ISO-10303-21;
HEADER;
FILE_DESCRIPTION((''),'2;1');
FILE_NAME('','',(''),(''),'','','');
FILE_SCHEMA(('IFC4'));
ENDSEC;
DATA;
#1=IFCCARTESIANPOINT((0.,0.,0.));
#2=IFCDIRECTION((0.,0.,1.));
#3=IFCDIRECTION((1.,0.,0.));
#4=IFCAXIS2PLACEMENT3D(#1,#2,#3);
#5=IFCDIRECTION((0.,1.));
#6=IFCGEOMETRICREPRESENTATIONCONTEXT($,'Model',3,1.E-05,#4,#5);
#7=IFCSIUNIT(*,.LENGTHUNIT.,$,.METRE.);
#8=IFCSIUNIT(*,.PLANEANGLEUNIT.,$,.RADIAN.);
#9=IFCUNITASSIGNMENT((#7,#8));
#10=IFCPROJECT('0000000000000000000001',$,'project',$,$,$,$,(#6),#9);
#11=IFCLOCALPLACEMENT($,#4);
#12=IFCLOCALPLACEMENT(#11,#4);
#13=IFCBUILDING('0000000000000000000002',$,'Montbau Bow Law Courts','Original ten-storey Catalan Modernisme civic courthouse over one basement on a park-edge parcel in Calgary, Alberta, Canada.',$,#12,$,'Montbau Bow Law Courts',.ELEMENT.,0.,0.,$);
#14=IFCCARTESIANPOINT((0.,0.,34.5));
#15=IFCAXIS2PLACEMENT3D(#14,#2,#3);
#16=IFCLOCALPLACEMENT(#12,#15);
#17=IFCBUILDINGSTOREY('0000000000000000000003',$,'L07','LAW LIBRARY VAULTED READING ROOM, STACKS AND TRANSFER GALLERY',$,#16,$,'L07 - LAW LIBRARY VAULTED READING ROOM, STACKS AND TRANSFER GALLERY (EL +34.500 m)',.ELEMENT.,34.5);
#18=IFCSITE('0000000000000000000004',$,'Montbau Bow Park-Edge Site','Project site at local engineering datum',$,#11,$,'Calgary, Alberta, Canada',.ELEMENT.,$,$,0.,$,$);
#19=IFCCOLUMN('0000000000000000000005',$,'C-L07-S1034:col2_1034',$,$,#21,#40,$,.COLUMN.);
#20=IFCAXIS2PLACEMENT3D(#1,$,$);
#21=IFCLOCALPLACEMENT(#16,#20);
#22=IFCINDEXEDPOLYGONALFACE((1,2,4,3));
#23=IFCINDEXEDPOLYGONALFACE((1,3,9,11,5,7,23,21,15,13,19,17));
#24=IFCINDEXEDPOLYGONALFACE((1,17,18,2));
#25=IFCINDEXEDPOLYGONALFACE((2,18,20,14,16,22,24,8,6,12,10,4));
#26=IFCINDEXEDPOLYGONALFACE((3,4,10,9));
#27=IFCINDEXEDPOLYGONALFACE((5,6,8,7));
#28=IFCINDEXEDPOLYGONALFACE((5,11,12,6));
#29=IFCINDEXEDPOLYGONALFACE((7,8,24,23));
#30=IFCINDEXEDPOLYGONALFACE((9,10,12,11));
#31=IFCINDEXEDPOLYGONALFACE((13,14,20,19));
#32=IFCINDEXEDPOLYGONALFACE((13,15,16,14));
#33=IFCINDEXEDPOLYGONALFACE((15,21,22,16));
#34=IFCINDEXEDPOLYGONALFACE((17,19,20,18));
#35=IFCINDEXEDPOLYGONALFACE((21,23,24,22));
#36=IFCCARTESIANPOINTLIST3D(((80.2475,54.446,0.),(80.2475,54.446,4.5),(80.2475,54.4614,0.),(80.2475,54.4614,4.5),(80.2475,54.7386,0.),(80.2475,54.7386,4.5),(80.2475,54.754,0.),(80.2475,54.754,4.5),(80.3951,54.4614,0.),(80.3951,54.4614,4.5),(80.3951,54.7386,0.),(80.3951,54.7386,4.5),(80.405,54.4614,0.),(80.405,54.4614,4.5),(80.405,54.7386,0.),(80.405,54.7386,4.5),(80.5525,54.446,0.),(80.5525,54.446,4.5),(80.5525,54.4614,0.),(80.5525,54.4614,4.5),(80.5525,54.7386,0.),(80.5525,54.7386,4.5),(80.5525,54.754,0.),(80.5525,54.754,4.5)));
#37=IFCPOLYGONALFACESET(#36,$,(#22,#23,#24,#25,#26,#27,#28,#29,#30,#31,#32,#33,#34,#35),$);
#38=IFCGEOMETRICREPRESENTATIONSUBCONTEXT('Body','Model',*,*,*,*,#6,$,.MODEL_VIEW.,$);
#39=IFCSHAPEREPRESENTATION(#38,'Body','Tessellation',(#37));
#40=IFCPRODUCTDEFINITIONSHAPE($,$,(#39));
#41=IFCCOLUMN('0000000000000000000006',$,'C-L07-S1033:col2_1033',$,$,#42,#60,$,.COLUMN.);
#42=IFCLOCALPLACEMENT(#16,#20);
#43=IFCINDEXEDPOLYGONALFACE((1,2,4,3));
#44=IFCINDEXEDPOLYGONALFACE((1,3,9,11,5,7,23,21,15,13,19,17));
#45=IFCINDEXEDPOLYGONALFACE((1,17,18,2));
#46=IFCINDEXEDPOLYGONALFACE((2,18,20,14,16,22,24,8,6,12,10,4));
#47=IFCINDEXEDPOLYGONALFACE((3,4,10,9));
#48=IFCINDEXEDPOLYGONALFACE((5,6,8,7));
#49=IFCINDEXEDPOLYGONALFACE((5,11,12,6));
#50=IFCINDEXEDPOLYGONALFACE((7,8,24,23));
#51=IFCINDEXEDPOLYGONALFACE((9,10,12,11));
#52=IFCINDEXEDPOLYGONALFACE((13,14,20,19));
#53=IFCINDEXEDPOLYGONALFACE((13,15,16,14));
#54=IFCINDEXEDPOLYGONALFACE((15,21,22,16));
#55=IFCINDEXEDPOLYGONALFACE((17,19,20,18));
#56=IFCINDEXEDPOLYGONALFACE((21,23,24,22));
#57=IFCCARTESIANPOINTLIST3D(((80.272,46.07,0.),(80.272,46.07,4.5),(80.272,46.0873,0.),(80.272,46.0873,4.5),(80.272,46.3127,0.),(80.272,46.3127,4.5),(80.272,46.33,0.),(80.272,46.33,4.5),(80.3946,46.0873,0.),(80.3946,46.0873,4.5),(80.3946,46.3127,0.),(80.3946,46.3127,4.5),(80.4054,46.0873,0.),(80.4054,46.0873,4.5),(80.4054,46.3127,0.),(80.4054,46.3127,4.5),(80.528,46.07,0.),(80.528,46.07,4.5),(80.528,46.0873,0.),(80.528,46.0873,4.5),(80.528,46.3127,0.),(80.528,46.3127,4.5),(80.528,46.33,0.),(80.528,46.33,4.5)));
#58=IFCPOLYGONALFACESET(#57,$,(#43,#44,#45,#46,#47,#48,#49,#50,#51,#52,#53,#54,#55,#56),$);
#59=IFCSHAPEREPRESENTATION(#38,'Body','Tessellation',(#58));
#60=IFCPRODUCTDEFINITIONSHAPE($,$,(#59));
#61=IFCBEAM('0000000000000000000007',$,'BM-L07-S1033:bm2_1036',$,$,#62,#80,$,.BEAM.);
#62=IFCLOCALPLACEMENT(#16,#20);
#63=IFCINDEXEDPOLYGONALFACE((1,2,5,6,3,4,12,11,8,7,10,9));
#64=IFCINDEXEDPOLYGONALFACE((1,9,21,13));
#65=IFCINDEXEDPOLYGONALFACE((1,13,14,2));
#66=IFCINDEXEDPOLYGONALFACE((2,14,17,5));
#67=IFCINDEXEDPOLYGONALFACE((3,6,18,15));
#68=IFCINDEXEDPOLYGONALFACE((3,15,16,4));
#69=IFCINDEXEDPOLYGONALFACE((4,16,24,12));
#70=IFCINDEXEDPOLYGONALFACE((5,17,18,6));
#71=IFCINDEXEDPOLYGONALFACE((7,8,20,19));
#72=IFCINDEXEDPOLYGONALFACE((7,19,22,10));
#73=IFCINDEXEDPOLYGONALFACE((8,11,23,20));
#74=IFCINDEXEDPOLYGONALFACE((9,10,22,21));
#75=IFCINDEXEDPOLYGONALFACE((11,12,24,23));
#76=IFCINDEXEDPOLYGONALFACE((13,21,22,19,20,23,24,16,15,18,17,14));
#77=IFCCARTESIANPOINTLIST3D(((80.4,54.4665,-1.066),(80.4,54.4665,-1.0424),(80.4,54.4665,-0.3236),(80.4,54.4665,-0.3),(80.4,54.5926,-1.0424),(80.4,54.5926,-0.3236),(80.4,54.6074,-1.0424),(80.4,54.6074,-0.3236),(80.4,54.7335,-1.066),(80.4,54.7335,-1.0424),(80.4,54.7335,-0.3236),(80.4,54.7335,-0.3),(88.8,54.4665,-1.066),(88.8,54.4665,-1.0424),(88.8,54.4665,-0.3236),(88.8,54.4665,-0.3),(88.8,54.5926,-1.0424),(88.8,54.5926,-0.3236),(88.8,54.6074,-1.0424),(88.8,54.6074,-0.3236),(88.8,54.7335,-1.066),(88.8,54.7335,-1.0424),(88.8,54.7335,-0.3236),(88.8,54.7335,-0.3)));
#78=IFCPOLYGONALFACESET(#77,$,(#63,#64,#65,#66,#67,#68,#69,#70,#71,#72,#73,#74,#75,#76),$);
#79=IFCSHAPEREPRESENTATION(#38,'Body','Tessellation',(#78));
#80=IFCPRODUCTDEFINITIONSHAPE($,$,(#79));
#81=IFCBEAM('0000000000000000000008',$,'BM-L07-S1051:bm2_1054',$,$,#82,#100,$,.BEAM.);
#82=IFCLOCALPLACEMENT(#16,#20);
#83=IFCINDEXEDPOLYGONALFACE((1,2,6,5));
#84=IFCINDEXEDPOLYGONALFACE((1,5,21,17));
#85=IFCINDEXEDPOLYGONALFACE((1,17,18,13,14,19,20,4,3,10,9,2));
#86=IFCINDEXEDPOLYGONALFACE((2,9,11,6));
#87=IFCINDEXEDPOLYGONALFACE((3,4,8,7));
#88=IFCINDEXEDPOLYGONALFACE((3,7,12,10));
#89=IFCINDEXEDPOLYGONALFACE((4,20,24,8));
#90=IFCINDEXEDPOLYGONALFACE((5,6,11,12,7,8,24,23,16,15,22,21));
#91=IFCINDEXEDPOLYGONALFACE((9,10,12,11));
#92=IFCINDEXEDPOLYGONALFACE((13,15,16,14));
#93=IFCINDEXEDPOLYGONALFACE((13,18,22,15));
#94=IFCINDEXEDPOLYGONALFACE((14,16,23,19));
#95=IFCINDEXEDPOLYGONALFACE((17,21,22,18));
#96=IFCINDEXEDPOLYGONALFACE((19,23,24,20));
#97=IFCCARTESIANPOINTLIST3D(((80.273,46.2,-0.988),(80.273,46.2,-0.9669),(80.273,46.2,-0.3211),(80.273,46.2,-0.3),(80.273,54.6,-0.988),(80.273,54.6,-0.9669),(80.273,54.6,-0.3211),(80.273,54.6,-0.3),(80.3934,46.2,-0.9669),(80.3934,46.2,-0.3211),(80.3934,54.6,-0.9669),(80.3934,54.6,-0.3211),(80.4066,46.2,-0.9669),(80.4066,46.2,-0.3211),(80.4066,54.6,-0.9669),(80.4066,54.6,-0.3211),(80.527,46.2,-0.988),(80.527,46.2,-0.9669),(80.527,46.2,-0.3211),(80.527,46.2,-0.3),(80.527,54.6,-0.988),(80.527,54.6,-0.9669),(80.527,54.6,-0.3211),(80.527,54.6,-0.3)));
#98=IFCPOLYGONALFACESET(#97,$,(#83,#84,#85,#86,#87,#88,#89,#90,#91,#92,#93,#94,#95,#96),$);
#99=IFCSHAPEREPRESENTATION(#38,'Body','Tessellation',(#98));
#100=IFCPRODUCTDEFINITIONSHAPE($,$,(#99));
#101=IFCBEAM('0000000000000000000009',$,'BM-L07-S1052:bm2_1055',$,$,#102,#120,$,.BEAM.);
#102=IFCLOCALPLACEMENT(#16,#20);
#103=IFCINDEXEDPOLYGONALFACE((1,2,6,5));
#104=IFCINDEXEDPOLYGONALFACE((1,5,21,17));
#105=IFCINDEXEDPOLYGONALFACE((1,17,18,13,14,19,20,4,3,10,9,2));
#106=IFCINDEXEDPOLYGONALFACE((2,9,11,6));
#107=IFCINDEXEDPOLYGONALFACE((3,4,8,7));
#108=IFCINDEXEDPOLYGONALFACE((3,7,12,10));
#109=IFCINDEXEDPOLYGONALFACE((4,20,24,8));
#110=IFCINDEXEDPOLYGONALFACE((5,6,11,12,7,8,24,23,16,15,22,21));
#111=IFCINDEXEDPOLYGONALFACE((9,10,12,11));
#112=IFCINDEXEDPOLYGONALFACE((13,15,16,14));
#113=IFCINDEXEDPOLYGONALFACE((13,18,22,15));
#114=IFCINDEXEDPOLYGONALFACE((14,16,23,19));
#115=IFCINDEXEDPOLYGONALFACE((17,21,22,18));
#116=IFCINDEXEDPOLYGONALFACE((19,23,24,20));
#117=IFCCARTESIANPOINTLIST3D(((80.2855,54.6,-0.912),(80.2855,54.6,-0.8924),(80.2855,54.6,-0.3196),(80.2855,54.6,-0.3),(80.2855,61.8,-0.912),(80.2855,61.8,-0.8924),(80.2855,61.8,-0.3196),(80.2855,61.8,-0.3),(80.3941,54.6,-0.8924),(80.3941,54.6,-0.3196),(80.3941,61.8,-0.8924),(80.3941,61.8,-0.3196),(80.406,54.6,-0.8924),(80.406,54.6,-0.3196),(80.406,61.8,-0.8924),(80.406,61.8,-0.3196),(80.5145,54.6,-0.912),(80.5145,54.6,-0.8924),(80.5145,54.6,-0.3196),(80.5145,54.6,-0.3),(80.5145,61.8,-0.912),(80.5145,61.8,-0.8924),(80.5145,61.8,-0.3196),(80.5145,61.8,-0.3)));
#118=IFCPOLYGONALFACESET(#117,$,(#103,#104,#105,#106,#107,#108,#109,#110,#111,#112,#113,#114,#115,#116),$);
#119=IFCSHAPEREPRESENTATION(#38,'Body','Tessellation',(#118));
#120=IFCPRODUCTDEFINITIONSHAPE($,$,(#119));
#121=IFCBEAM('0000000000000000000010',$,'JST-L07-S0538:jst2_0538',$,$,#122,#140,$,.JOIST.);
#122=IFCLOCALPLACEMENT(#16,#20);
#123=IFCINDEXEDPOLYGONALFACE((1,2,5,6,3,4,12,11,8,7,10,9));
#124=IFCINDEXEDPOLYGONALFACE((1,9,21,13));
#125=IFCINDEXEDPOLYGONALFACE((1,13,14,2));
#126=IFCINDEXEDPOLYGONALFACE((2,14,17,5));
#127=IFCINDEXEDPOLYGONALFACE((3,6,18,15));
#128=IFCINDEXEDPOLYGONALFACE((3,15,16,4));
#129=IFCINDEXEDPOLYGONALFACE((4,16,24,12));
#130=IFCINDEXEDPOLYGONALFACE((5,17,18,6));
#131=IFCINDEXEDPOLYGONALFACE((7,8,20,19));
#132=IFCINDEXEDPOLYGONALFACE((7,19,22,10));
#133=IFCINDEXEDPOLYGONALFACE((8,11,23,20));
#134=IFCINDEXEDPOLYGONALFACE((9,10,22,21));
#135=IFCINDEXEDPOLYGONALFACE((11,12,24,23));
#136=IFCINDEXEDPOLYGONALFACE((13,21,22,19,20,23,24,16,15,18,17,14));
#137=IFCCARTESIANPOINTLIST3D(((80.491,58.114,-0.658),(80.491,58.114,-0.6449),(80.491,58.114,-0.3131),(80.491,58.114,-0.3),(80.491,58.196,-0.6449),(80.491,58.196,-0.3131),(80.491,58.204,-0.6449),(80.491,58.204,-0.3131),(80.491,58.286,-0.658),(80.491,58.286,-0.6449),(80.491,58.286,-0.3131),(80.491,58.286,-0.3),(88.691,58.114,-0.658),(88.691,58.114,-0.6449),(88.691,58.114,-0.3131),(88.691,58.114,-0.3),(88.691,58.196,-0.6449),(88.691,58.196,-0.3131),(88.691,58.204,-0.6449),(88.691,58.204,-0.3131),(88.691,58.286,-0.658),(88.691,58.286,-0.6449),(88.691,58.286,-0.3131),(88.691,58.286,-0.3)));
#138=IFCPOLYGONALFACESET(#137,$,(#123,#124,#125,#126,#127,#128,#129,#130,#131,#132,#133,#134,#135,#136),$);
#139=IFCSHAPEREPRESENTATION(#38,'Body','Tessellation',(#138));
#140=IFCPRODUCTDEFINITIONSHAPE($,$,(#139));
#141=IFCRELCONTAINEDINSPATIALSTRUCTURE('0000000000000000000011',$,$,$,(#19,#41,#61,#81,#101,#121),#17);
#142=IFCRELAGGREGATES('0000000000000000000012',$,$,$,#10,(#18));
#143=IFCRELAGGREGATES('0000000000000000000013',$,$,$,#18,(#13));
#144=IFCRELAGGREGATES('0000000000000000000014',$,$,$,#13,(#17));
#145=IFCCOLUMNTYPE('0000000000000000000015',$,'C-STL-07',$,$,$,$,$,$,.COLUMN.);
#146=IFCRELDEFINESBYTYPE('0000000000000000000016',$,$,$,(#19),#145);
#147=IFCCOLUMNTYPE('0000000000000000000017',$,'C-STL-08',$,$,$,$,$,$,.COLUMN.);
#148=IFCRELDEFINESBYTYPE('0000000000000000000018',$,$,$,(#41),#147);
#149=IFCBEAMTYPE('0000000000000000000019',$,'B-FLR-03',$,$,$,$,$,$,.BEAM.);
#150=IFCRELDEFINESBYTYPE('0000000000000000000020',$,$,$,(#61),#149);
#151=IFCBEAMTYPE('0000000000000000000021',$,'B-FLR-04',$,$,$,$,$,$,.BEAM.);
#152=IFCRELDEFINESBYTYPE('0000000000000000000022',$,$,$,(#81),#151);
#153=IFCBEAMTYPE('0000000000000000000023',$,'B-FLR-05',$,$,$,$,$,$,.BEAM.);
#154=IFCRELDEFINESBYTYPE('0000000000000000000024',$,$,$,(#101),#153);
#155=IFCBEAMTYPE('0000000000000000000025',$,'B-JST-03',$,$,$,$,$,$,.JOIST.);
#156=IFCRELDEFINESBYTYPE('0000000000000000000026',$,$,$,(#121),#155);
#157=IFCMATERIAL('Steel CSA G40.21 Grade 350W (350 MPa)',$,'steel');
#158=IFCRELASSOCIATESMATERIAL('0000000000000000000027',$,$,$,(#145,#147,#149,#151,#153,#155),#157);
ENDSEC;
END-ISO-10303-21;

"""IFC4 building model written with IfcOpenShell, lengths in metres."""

from ifc_helpers import new_model, si_unit, direction, frame, origin_with_axes, origin_2d_with_axis, place, context, subcontext, project, spatial, i_section, extrude, material, material_profile, profile_set, type_object, element, save


model = new_model("IFC4")

# Units and contexts
model_context = context("Model", 3, precision=1e-05, world=origin_with_axes(), true_north=direction((0.0, 1.0)))
body_context = subcontext(model_context, "Body", "Model", "MODEL_VIEW")
ifc_project = project(units=[si_unit("LENGTHUNIT", "METRE"), si_unit("PLANEANGLEUNIT", "RADIAN")], contexts=[model_context])

# Site, building, storey
site_placement = place(None, origin_with_axes())
site = spatial("IfcSite", under=ifc_project, at=site_placement, Name="Montbau Bow Park-Edge Site", Description="Project site at local engineering datum", LongName="Calgary, Alberta, Canada", CompositionType="ELEMENT", RefElevation=0.0)
building_placement = place(site_placement, origin_with_axes())
building = spatial("IfcBuilding", under=site, at=building_placement, Name="Montbau Bow Law Courts", Description="Original ten-storey Catalan Modernisme civic courthouse over one basement on a park-edge parcel in Calgary, Alberta, Canada.", LongName="Montbau Bow Law Courts", CompositionType="ELEMENT", ElevationOfRefHeight=0.0, ElevationOfTerrain=0.0)
storey_placement = place(building_placement, frame((0.0, 0.0, 34.5), z_axis=(0.0, 0.0, 1.0), x_axis=(1.0, 0.0, 0.0)))
storey = spatial("IfcBuildingStorey", under=building, at=storey_placement, Name="L07", Description="LAW LIBRARY VAULTED READING ROOM, STACKS AND TRANSFER GALLERY", LongName="L07 - LAW LIBRARY VAULTED READING ROOM, STACKS AND TRANSFER GALLERY (EL +34.500 m)", CompositionType="ELEMENT", Elevation=34.5)

# Columns
ifc_material_1 = material(Name="Steel CSA G40.21 Grade 350W (350 MPa)", Category="steel")
ifc_material_profile_1 = material_profile(ifc_material_1, i_section(OverallWidth=0.305, OverallDepth=0.308, WebThickness=0.0099, FlangeThickness=0.0154, at=origin_2d_with_axis()), Name="W310X97", Category="Main", Priority=0)
ifc_profile_set_1 = profile_set([ifc_material_profile_1], Name="Steel CSA G40.21 Grade 350W (350 MPa)")
column_type_1 = type_object("IfcColumnType", Name="C-STL-07", PredefinedType="COLUMN", material=ifc_profile_set_1)
column_1_placement = place(None, frame((80.4, 54.6, 34.5), z_axis=(0.0, 0.0, 1.0), x_axis=(1.0, 0.0, 0.0)))
element("IfcColumn", 1, at=column_1_placement, inside=storey, type_object=column_type_1, Name="C-L07-S1034:col2_1034", PredefinedType="COLUMN", context=body_context, shape_type="SweptSolid", body=[
    extrude(i_section(OverallWidth=0.305, OverallDepth=0.308, WebThickness=0.0099, FlangeThickness=0.0154, at=origin_2d_with_axis()), origin_with_axes(), (0.0, 0.0, 1.0), 4.5),
])
ifc_material_profile_2 = material_profile(ifc_material_1, i_section(OverallWidth=0.256, OverallDepth=0.26, WebThickness=0.0107, FlangeThickness=0.0173, at=origin_2d_with_axis()), Name="W250X89", Category="Main", Priority=0)
ifc_profile_set_2 = profile_set([ifc_material_profile_2], Name="Steel CSA G40.21 Grade 350W (350 MPa)")
column_type_2 = type_object("IfcColumnType", Name="C-STL-08", PredefinedType="COLUMN", material=ifc_profile_set_2)
column_2_placement = place(None, frame((80.4, 46.2, 34.5), z_axis=(0.0, 0.0, 1.0), x_axis=(1.0, 0.0, 0.0)))
element("IfcColumn", 2, at=column_2_placement, inside=storey, type_object=column_type_2, Name="C-L07-S1033:col2_1033", PredefinedType="COLUMN", context=body_context, shape_type="SweptSolid", body=[
    extrude(i_section(OverallWidth=0.256, OverallDepth=0.26, WebThickness=0.0107, FlangeThickness=0.0173, at=origin_2d_with_axis()), origin_with_axes(), (0.0, 0.0, 1.0), 4.5),
])

# Beams
ifc_material_profile_3 = material_profile(ifc_material_1, i_section(OverallWidth=0.267, OverallDepth=0.766, WebThickness=0.0149, FlangeThickness=0.0236, at=origin_2d_with_axis()), Name="W760X185", Category="Main", Priority=0)
ifc_profile_set_3 = profile_set([ifc_material_profile_3], Name="Steel CSA G40.21 Grade 350W (350 MPa)")
beam_type_1 = type_object("IfcBeamType", Name="B-FLR-03", PredefinedType="BEAM", material=ifc_profile_set_3)
beam_1_placement = place(None, frame((80.4, 54.6, 33.817), z_axis=(1.0, 0.0, 0.0), x_axis=(0.0, 1.0, 0.0)))
element("IfcBeam", 3, at=beam_1_placement, inside=storey, type_object=beam_type_1, Name="BM-L07-S1033:bm2_1036", PredefinedType="BEAM", context=body_context, shape_type="SweptSolid", body=[
    extrude(i_section(OverallWidth=0.267, OverallDepth=0.766, WebThickness=0.0149, FlangeThickness=0.0236, at=origin_2d_with_axis()), origin_with_axes(), (0.0, 0.0, 1.0), 8.4),
])
ifc_material_profile_4 = material_profile(ifc_material_1, i_section(OverallWidth=0.254, OverallDepth=0.688, WebThickness=0.0131, FlangeThickness=0.0211, at=origin_2d_with_axis()), Name="W690X152", Category="Main", Priority=0)
ifc_profile_set_4 = profile_set([ifc_material_profile_4], Name="Steel CSA G40.21 Grade 350W (350 MPa)")
beam_type_2 = type_object("IfcBeamType", Name="B-FLR-04", PredefinedType="BEAM", material=ifc_profile_set_4)
beam_2_placement = place(None, frame((80.4, 46.2, 33.856), z_axis=(0.0, 1.0, 0.0), x_axis=(-1.0, 0.0, 0.0)))
element("IfcBeam", 4, at=beam_2_placement, inside=storey, type_object=beam_type_2, Name="BM-L07-S1051:bm2_1054", PredefinedType="BEAM", context=body_context, shape_type="SweptSolid", body=[
    extrude(i_section(OverallWidth=0.254, OverallDepth=0.688, WebThickness=0.0131, FlangeThickness=0.0211, at=origin_2d_with_axis()), origin_with_axes(), (0.0, 0.0, 1.0), 8.4),
])
ifc_material_profile_5 = material_profile(ifc_material_1, i_section(OverallWidth=0.229, OverallDepth=0.612, WebThickness=0.0119, FlangeThickness=0.0196, at=origin_2d_with_axis()), Name="W610X125", Category="Main", Priority=0)
ifc_profile_set_5 = profile_set([ifc_material_profile_5], Name="Steel CSA G40.21 Grade 350W (350 MPa)")
beam_type_3 = type_object("IfcBeamType", Name="B-FLR-05", PredefinedType="BEAM", material=ifc_profile_set_5)
beam_3_placement = place(None, frame((80.4, 54.6, 33.894), z_axis=(0.0, 1.0, 0.0), x_axis=(-1.0, 0.0, 0.0)))
element("IfcBeam", 5, at=beam_3_placement, inside=storey, type_object=beam_type_3, Name="BM-L07-S1052:bm2_1055", PredefinedType="BEAM", context=body_context, shape_type="SweptSolid", body=[
    extrude(i_section(OverallWidth=0.229, OverallDepth=0.612, WebThickness=0.0119, FlangeThickness=0.0196, at=origin_2d_with_axis()), origin_with_axes(), (0.0, 0.0, 1.0), 7.2),
])
ifc_material_profile_6 = material_profile(ifc_material_1, i_section(OverallWidth=0.172, OverallDepth=0.358, WebThickness=0.0079, FlangeThickness=0.0131, at=origin_2d_with_axis()), Name="W360X57", Category="Main", Priority=0)
ifc_profile_set_6 = profile_set([ifc_material_profile_6], Name="Steel CSA G40.21 Grade 350W (350 MPa)")
beam_type_4 = type_object("IfcBeamType", Name="B-JST-03", PredefinedType="JOIST", material=ifc_profile_set_6)
beam_4_placement = place(None, frame((80.491, 58.2, 34.021), z_axis=(1.0, 0.0, 0.0), x_axis=(0.0, 1.0, 0.0)))
element("IfcBeam", 6, at=beam_4_placement, inside=storey, type_object=beam_type_4, Name="JST-L07-S0538:jst2_0538", PredefinedType="JOIST", context=body_context, shape_type="SweptSolid", body=[
    extrude(i_section(OverallWidth=0.172, OverallDepth=0.358, WebThickness=0.0079, FlangeThickness=0.0131, at=origin_2d_with_axis()), origin_with_axes(), (0.0, 0.0, 1.0), 8.2),
])

save(model, "model.ifc")
